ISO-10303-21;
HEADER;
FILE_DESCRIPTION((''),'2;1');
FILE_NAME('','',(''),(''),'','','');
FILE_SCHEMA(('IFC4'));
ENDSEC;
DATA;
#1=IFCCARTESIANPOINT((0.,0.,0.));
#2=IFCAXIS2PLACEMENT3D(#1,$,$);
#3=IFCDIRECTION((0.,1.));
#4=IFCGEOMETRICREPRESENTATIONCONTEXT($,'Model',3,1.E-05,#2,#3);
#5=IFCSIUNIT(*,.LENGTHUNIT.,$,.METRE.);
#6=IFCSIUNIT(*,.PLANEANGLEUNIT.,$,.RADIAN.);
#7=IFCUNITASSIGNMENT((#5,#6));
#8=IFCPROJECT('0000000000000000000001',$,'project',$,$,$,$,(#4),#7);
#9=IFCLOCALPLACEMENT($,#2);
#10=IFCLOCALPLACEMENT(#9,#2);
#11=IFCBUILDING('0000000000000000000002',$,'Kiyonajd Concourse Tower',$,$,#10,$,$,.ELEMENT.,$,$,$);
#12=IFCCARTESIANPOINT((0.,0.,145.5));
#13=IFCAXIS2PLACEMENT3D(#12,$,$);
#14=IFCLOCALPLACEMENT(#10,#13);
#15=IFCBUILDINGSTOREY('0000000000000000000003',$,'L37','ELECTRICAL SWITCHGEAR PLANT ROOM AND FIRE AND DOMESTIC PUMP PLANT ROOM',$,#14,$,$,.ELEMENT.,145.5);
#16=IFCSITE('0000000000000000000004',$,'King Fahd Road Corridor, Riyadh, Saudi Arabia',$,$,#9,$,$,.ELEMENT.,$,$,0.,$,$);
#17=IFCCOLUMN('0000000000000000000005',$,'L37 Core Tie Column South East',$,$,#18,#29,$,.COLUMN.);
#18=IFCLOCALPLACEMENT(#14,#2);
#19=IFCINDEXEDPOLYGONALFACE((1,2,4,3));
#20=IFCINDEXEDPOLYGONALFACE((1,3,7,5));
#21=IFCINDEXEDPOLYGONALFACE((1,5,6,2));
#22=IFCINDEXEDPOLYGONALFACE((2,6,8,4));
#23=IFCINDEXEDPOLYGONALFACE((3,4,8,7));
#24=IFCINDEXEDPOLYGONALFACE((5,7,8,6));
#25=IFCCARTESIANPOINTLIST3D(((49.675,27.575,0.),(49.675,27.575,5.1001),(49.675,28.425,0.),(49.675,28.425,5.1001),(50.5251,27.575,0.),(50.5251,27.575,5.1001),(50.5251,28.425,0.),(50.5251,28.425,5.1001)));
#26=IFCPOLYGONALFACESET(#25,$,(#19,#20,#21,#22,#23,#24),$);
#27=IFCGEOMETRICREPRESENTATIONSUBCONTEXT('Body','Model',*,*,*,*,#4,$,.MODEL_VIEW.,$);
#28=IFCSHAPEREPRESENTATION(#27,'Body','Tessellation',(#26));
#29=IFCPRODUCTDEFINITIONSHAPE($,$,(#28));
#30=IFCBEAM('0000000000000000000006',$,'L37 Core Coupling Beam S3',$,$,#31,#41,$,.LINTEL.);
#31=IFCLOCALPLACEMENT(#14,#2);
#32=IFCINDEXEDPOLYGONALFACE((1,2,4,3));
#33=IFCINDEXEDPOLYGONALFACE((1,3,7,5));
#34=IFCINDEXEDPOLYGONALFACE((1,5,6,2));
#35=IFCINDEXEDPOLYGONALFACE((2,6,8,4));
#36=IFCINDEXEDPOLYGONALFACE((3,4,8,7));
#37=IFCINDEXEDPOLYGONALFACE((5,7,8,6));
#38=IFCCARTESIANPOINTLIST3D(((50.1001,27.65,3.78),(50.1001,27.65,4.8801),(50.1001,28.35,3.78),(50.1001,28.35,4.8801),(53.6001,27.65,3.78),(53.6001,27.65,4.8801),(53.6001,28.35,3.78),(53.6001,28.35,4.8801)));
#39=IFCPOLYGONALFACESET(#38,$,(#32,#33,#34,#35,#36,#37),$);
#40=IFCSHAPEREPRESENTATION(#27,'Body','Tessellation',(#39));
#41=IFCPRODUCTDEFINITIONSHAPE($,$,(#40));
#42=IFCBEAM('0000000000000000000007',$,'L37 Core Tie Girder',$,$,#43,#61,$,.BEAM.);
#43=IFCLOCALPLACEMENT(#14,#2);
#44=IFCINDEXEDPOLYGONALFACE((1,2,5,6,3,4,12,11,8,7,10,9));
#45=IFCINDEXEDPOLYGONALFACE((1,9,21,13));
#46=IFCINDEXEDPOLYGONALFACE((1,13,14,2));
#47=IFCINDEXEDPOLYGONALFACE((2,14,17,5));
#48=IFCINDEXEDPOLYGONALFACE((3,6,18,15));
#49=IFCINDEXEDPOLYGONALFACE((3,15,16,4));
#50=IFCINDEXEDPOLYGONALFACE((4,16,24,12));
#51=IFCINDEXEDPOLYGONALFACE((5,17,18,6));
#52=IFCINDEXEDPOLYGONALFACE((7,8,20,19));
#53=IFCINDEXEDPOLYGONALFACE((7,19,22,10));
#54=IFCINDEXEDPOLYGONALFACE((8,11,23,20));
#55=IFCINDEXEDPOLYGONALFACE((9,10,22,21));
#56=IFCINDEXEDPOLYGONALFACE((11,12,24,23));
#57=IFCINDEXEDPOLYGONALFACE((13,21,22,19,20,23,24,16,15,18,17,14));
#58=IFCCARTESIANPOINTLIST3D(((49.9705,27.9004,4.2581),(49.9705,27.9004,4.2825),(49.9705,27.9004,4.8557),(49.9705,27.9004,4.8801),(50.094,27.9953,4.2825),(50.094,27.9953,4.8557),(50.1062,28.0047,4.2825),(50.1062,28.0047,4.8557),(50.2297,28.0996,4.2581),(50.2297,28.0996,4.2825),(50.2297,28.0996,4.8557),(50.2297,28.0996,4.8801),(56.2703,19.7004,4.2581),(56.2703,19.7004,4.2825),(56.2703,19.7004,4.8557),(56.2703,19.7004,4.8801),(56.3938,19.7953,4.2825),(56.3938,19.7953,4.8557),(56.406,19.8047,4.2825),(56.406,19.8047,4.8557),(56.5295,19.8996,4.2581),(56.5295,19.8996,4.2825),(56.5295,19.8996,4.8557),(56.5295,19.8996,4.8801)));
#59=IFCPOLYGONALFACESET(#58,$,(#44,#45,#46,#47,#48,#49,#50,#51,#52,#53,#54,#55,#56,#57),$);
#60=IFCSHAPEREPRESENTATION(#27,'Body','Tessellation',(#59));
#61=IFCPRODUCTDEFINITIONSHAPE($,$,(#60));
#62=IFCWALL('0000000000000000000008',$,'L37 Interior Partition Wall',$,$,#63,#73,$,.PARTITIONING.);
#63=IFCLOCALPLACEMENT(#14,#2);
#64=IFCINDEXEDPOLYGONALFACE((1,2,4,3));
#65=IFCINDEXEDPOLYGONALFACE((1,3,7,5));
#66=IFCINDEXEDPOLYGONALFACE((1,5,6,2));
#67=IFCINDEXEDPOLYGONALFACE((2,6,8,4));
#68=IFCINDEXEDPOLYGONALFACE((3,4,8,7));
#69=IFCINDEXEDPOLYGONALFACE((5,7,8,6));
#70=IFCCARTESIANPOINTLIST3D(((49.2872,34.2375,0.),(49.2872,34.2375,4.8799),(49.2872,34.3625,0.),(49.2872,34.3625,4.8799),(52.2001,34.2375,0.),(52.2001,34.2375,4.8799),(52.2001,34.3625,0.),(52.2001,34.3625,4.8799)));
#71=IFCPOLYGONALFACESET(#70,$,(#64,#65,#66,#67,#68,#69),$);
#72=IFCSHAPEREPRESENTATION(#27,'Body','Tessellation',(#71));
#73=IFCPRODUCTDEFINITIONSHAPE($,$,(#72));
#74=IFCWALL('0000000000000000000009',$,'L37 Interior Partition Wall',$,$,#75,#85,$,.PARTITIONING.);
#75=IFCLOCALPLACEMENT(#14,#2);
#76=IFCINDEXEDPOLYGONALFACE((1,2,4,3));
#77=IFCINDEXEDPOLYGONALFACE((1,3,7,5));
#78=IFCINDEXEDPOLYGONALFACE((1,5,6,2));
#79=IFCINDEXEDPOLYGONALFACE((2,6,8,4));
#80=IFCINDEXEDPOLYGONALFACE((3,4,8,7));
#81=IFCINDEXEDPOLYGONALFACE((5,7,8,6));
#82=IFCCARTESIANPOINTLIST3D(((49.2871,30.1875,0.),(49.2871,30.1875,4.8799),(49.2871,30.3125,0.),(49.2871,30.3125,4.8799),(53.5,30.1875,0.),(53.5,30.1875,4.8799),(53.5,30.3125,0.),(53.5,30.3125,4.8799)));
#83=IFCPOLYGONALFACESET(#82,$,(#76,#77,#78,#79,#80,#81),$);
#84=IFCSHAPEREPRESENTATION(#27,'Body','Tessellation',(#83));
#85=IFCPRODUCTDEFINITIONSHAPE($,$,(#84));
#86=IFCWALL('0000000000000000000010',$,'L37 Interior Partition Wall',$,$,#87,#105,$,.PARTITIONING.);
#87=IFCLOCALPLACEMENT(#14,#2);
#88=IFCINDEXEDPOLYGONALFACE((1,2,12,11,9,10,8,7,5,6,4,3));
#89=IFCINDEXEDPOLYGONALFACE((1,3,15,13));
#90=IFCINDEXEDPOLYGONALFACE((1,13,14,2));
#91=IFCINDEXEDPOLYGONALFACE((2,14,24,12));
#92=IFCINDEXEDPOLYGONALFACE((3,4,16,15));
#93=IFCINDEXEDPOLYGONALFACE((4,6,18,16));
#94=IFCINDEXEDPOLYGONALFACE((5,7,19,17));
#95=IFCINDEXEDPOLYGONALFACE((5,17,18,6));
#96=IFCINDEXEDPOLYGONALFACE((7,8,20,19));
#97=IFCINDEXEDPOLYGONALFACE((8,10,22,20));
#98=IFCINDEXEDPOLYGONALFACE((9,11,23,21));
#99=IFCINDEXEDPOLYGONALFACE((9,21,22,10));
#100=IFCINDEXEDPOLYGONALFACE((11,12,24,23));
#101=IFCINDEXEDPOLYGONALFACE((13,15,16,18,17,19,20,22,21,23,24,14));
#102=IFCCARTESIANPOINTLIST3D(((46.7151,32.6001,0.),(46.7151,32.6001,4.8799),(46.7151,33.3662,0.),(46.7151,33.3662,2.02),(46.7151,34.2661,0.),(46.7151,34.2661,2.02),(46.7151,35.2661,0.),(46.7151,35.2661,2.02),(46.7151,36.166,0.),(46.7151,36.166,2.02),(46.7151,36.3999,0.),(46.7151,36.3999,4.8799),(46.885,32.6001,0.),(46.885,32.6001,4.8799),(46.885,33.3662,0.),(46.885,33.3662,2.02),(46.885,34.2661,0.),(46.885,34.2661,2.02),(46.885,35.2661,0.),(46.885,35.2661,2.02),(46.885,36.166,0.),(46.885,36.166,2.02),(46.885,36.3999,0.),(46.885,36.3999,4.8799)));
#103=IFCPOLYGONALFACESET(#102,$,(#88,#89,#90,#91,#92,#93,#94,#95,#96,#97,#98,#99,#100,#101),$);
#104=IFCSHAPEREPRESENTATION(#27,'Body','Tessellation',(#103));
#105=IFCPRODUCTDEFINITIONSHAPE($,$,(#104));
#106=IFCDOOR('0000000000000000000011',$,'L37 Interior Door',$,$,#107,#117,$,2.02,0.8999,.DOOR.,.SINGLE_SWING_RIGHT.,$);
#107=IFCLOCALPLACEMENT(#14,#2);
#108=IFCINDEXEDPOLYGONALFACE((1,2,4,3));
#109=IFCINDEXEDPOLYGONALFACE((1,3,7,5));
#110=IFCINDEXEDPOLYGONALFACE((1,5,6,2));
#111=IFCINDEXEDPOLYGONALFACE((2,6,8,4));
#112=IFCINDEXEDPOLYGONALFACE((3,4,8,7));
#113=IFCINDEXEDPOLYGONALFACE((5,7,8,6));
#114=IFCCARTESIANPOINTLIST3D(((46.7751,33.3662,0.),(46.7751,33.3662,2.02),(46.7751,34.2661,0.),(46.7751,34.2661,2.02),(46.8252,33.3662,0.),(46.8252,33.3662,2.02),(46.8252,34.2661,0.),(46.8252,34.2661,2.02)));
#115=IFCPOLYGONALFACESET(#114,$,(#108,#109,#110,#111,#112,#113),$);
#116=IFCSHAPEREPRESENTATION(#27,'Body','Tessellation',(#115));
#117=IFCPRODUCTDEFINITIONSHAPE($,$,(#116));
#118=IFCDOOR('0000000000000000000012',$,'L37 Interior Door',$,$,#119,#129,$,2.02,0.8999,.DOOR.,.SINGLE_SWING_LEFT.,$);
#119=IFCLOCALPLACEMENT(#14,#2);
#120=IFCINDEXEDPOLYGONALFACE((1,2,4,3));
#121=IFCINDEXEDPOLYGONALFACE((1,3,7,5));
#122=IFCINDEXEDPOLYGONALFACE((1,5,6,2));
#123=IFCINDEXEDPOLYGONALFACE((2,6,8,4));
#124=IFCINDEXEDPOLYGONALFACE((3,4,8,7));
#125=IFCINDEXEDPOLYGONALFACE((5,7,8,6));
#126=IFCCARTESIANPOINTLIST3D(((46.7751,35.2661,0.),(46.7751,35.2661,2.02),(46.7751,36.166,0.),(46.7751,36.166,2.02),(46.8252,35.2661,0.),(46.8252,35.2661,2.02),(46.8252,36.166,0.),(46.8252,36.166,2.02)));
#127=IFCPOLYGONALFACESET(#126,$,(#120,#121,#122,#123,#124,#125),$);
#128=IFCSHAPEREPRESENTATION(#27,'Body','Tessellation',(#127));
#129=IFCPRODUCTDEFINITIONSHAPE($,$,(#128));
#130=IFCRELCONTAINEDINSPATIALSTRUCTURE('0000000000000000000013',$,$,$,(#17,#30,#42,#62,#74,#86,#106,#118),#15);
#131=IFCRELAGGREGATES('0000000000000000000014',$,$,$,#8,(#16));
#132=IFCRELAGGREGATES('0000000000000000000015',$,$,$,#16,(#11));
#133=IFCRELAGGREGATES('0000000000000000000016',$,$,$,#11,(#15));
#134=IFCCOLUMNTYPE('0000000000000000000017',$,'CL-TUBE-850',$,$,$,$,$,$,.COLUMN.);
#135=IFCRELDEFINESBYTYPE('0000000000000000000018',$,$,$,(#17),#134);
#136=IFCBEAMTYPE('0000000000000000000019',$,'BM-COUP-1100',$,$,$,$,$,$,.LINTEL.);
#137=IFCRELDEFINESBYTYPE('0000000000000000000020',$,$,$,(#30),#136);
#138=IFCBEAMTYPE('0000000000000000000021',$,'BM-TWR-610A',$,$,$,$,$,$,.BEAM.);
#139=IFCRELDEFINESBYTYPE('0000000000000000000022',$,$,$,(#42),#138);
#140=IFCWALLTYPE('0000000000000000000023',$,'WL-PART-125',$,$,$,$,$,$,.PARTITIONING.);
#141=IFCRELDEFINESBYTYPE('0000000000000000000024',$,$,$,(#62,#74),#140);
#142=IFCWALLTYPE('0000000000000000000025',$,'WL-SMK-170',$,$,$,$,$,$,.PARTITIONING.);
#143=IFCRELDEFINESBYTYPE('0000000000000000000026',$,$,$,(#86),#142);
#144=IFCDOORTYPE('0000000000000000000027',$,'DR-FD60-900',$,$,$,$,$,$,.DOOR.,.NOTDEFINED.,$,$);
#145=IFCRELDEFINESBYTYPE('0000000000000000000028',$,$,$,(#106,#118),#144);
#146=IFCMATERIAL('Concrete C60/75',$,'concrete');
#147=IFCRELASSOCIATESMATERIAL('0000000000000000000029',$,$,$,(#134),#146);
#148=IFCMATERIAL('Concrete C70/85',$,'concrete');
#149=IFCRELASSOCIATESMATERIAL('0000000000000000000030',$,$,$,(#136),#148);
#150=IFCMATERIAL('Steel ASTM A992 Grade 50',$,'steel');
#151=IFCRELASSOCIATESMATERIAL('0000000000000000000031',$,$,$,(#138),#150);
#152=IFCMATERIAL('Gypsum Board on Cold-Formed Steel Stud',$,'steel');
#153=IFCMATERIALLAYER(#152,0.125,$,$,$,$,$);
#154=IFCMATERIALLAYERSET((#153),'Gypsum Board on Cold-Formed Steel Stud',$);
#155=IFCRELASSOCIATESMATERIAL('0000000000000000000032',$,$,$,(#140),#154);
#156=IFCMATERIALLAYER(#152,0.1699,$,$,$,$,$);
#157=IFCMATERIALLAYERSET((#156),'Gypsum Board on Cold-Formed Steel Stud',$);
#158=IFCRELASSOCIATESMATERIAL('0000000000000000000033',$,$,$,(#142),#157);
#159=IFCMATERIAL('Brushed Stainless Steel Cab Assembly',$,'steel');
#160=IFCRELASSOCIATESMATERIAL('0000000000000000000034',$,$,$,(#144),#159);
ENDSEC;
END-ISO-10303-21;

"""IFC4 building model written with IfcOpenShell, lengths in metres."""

from ifc_helpers import new_model, si_unit, direction, frame, frame_2d, origin, origin_2d, place, context, subcontext, project, spatial, rectangle, i_section, extrude, material, layer, layer_set, material_profile, profile_set, type_object, element, fill, save


model = new_model("IFC4")

# Units and contexts
model_context = context("Model", 3, precision=1e-05, world=origin(), true_north=direction((0.0, 1.0)))
body_context = subcontext(model_context, "Body", "Model", "MODEL_VIEW")
ifc_project = project(units=[si_unit("LENGTHUNIT", "METRE"), si_unit("PLANEANGLEUNIT", "RADIAN")], contexts=[model_context])

# Site, building, storey
site_placement = place(None, origin())
site = spatial("IfcSite", under=ifc_project, at=site_placement, Name="King Fahd Road Corridor, Riyadh, Saudi Arabia", CompositionType="ELEMENT", RefElevation=0.0)
building_placement = place(site_placement, origin())
building = spatial("IfcBuilding", under=site, at=building_placement, Name="Kiyonajd Concourse Tower", CompositionType="ELEMENT")
storey_placement = place(building_placement, frame((0.0, 0.0, 145.5)))
storey = spatial("IfcBuildingStorey", under=building, at=storey_placement, Name="L37", Description="ELECTRICAL SWITCHGEAR PLANT ROOM AND FIRE AND DOMESTIC PUMP PLANT ROOM", CompositionType="ELEMENT", Elevation=145.5)

# Column
ifc_material_1 = material(Name="Concrete C60/75", Category="concrete")
ifc_material_profile_1 = material_profile(ifc_material_1, rectangle(XDim=0.8501, YDim=0.8501, at=origin_2d()), Name="RC-850x850")
ifc_profile_set_1 = profile_set([ifc_material_profile_1], Name="Concrete C60/75")
column_type = type_object("IfcColumnType", Name="CL-TUBE-850", PredefinedType="COLUMN", material=ifc_profile_set_1)
column_placement = place(storey_placement, frame((50.1001, 28.0, 0.0), z_axis=(0.0, 0.0, 1.0), x_axis=(1.0, 0.0, 0.0)))
element("IfcColumn", 1, at=column_placement, inside=storey, type_object=column_type, Name="L37 Core Tie Column South East", PredefinedType="COLUMN", context=body_context, shape_type="SweptSolid", body=[
    extrude(rectangle(XDim=0.8501, YDim=0.8501, at=origin_2d()), origin(), (0.0, 0.0, 1.0), 5.1001),
])

# Beams
ifc_material_2 = material(Name="Concrete C70/85", Category="concrete")
ifc_material_profile_2 = material_profile(ifc_material_2, rectangle(XDim=0.7, YDim=1.1001, at=origin_2d()), Name="RCBM-700x1100")
ifc_profile_set_2 = profile_set([ifc_material_profile_2], Name="Concrete C70/85")
beam_type_1 = type_object("IfcBeamType", Name="BM-COUP-1100", PredefinedType="LINTEL", material=ifc_profile_set_2)
beam_1_placement = place(storey_placement, frame((50.1001, 28.0, 4.3301), z_axis=(1.0, 0.0, 0.0), x_axis=(0.0, 1.0, 0.0)))
element("IfcBeam", 2, at=beam_1_placement, inside=storey, type_object=beam_type_1, Name="L37 Core Coupling Beam S3", PredefinedType="LINTEL", context=body_context, shape_type="SweptSolid", body=[
    extrude(rectangle(XDim=0.7, YDim=1.1001, at=origin_2d()), origin(), (0.0, 0.0, 1.0), 3.5),
])
ifc_material_3 = material(Name="Steel ASTM A992 Grade 50", Category="steel")
ifc_material_profile_3 = material_profile(ifc_material_3, i_section(OverallWidth=0.3269, OverallDepth=0.6221, WebThickness=0.0154, FlangeThickness=0.0244, at=origin_2d()), Name="W610X195")
ifc_profile_set_3 = profile_set([ifc_material_profile_3], Name="Steel ASTM A992 Grade 50")
beam_type_2 = type_object("IfcBeamType", Name="BM-TWR-610A", PredefinedType="BEAM", material=ifc_profile_set_3)
beam_2_placement = place(storey_placement, frame((50.1001, 28.0, 4.5691), z_axis=(0.609234, -0.792991, 0.0), x_axis=(0.792991, 0.609234, 0.0)))
element("IfcBeam", 3, at=beam_2_placement, inside=storey, type_object=beam_type_2, Name="L37 Core Tie Girder", PredefinedType="BEAM", context=body_context, shape_type="SweptSolid", body=[
    extrude(i_section(OverallWidth=0.3269, OverallDepth=0.6221, WebThickness=0.0154, FlangeThickness=0.0244, at=origin_2d()), origin(), (0.0, 0.0, 1.0), 10.3406),
])

# Walls
ifc_material_4 = material(Name="Gypsum Board on Cold-Formed Steel Stud", Category="steel")
ifc_layer_1 = layer(ifc_material_4, 0.125)
ifc_layer_set_1 = layer_set([ifc_layer_1], Name="Gypsum Board on Cold-Formed Steel Stud")
wall_type_1 = type_object("IfcWallType", Name="WL-PART-125", PredefinedType="PARTITIONING", material=ifc_layer_set_1)
wall_1_placement = place(storey_placement, frame((49.2871, 34.3, 0.0), z_axis=(0.0, 0.0, 1.0), x_axis=(1.0, 0.0, 0.0)))
element("IfcWall", 4, at=wall_1_placement, inside=storey, type_object=wall_type_1, Name="L37 Interior Partition Wall", PredefinedType="PARTITIONING", context=body_context, shape_type="SweptSolid", body=[
    extrude(rectangle(XDim=2.9128, YDim=0.125, at=frame_2d((1.4565, 0.0))), origin(), (0.0, 0.0, 1.0), 4.8799),
])
wall_2_placement = place(storey_placement, frame((49.2871, 30.25, 0.0), z_axis=(0.0, 0.0, 1.0), x_axis=(1.0, 0.0, 0.0)))
element("IfcWall", 5, at=wall_2_placement, inside=storey, type_object=wall_type_1, Name="L37 Interior Partition Wall", PredefinedType="PARTITIONING", context=body_context, shape_type="SweptSolid", body=[
    extrude(rectangle(XDim=4.2129, YDim=0.125, at=frame_2d((2.1064, 0.0))), origin(), (0.0, 0.0, 1.0), 4.8799),
])

# Wall, openings, doors
ifc_layer_2 = layer(ifc_material_4, 0.1699)
ifc_layer_set_2 = layer_set([ifc_layer_2], Name="Gypsum Board on Cold-Formed Steel Stud")
wall_type_2 = type_object("IfcWallType", Name="WL-SMK-170", PredefinedType="PARTITIONING", material=ifc_layer_set_2)
wall_3_placement = place(storey_placement, frame((46.8, 32.6001, 0.0), z_axis=(0.0, 0.0, 1.0), x_axis=(0.0, 1.0, 0.0)))
wall_3 = element("IfcWall", 6, at=wall_3_placement, inside=storey, type_object=wall_type_2, Name="L37 Interior Partition Wall", PredefinedType="PARTITIONING", context=body_context, shape_type="SweptSolid", body=[
    extrude(rectangle(XDim=3.7998, YDim=0.1699, at=frame_2d((1.8999, 0.0))), origin(), (0.0, 0.0, 1.0), 4.8799),
])
opening_1_placement = place(wall_3_placement, frame((0.7661, 0.0, 0.0)))
opening_1 = element("IfcOpeningElement", 7, at=opening_1_placement, cuts=wall_3, PredefinedType="OPENING", context=body_context, shape_type="SweptSolid", body=[
    extrude(rectangle(XDim=0.8999, YDim=2.02, at=frame_2d((0.45, 1.01))), frame((0.0, 0.095, 0.0), z_axis=(0.0, -1.0, 0.0), x_axis=(1.0, 0.0, 0.0)), (0.0, 0.0, 1.0), 0.1899),
])
opening_2_placement = place(wall_3_placement, frame((2.666, 0.0, 0.0)))
opening_2 = element("IfcOpeningElement", 8, at=opening_2_placement, cuts=wall_3, PredefinedType="OPENING", context=body_context, shape_type="SweptSolid", body=[
    extrude(rectangle(XDim=0.8999, YDim=2.02, at=frame_2d((0.45, 1.01))), frame((0.0, 0.095, 0.0), z_axis=(0.0, -1.0, 0.0), x_axis=(1.0, 0.0, 0.0)), (0.0, 0.0, 1.0), 0.1899),
])
ifc_material_5 = material(Name="Brushed Stainless Steel Cab Assembly", Category="steel")
door_type_1 = type_object("IfcDoorType", Name="DR-FD60-900", OperationType="NOTDEFINED", PredefinedType="DOOR", material=ifc_material_5)
door_1_placement = place(opening_1_placement, origin())
door_1 = element("IfcDoor", 9, at=door_1_placement, inside=storey, type_object=door_type_1, Name="L37 Interior Door", OperationType="SINGLE_SWING_RIGHT", OverallHeight=2.02, OverallWidth=0.8999, PredefinedType="DOOR", context=body_context, shape_type="SweptSolid", body=[
    extrude(rectangle(XDim=0.8999, YDim=2.02, at=frame_2d((0.45, 1.01))), frame((0.0, 0.0249, 0.0), z_axis=(0.0, -1.0, 0.0), x_axis=(1.0, 0.0, 0.0)), (0.0, 0.0, 1.0), 0.05),
])
fill(opening_1, door_1)
door_2_placement = place(opening_2_placement, origin())
door_2 = element("IfcDoor", 10, at=door_2_placement, inside=storey, type_object=door_type_1, Name="L37 Interior Door", OperationType="SINGLE_SWING_LEFT", OverallHeight=2.02, OverallWidth=0.8999, PredefinedType="DOOR", context=body_context, shape_type="SweptSolid", body=[
    extrude(rectangle(XDim=0.8999, YDim=2.02, at=frame_2d((0.45, 1.01))), frame((0.0, 0.0249, 0.0), z_axis=(0.0, -1.0, 0.0), x_axis=(1.0, 0.0, 0.0)), (0.0, 0.0, 1.0), 0.05),
])
fill(opening_2, door_2)

save(model, "model.ifc")
